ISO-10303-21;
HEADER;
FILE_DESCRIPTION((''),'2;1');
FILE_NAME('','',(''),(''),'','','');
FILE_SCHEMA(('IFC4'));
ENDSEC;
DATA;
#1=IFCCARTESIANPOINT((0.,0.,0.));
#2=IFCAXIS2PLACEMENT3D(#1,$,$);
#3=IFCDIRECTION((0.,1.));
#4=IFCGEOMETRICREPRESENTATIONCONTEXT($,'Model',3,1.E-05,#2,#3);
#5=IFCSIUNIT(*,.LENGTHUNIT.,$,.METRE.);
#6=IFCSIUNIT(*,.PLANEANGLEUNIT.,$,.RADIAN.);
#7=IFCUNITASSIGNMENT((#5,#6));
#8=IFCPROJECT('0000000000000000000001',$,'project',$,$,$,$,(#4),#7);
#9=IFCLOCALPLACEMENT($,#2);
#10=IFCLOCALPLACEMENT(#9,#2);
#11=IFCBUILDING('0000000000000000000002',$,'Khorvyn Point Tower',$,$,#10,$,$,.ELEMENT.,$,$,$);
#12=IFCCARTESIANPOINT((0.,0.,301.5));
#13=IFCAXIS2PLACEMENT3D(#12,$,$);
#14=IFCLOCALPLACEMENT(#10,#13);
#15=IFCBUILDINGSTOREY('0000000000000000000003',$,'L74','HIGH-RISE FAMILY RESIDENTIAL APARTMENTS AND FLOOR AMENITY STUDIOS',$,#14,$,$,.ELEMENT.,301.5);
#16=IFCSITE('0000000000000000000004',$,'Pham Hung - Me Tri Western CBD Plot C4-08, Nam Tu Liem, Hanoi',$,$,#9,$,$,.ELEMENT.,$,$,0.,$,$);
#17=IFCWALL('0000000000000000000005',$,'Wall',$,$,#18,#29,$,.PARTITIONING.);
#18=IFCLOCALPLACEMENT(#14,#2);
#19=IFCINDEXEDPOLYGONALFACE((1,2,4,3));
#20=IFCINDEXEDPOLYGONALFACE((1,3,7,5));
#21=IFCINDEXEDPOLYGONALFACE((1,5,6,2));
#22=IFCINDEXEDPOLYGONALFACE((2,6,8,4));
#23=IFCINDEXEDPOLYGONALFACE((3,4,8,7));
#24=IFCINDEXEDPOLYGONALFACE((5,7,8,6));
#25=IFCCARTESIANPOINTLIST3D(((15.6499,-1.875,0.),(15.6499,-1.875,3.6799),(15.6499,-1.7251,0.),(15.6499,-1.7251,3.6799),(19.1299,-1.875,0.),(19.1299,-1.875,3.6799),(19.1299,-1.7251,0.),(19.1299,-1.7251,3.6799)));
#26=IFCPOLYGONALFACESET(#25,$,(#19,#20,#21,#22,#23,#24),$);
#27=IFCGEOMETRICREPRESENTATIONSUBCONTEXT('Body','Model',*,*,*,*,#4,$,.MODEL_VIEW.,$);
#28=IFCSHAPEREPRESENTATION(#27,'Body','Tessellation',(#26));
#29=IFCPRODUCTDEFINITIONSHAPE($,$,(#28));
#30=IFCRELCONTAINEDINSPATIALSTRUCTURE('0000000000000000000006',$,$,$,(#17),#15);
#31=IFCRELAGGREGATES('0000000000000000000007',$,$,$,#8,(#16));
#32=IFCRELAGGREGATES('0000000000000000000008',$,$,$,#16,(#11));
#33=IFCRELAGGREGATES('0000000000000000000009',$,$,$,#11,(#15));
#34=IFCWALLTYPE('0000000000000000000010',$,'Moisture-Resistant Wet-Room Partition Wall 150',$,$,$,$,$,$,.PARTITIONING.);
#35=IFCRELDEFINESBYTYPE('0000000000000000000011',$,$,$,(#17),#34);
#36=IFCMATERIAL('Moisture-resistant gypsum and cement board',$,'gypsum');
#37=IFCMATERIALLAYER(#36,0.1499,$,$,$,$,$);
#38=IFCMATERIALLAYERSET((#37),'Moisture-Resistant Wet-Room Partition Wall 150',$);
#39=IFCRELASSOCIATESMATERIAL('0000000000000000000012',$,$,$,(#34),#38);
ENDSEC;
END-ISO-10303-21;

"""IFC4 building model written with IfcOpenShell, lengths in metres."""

from ifc_helpers import new_model, si_unit, direction, frame, frame_2d, origin, place, context, subcontext, project, spatial, rectangle, extrude, material, layer, layer_set, type_object, element, save


model = new_model("IFC4")

# Units and contexts
model_context = context("Model", 3, precision=1e-05, world=origin(), true_north=direction((0.0, 1.0)))
body_context = subcontext(model_context, "Body", "Model", "MODEL_VIEW")
ifc_project = project(units=[si_unit("LENGTHUNIT", "METRE"), si_unit("PLANEANGLEUNIT", "RADIAN")], contexts=[model_context])

# Site, building, storey
site_placement = place(None, origin())
site = spatial("IfcSite", under=ifc_project, at=site_placement, Name="Pham Hung - Me Tri Western CBD Plot C4-08, Nam Tu Liem, Hanoi", CompositionType="ELEMENT", RefElevation=0.0)
building_placement = place(site_placement, origin())
building = spatial("IfcBuilding", under=site, at=building_placement, Name="Khorvyn Point Tower", CompositionType="ELEMENT")
storey_placement = place(building_placement, frame((0.0, 0.0, 301.5)))
storey = spatial("IfcBuildingStorey", under=building, at=storey_placement, Name="L74", Description="HIGH-RISE FAMILY RESIDENTIAL APARTMENTS AND FLOOR AMENITY STUDIOS", CompositionType="ELEMENT", Elevation=301.5)

# Wall
ifc_material_1 = material(Name="Moisture-resistant gypsum and cement board", Category="gypsum")
ifc_layer_1 = layer(ifc_material_1, 0.1499)
ifc_layer_set_1 = layer_set([ifc_layer_1], Name="Moisture-Resistant Wet-Room Partition Wall 150")
wall_type_1 = type_object("IfcWallType", Name="Moisture-Resistant Wet-Room Partition Wall 150", PredefinedType="PARTITIONING", material=ifc_layer_set_1)
wall_1_placement = place(storey_placement, frame((15.6499, -1.8, 0.0), z_axis=(0.0, 0.0, 1.0), x_axis=(1.0, 0.0, 0.0)))
element("IfcWall", 1, at=wall_1_placement, inside=storey, type_object=wall_type_1, Name="Wall", PredefinedType="PARTITIONING", context=body_context, shape_type="SweptSolid", body=[
    extrude(rectangle(XDim=3.48, YDim=0.1499, at=frame_2d((1.74, 0.0))), origin(), (0.0, 0.0, 1.0), 3.6799),
])

save(model, "model.ifc")
